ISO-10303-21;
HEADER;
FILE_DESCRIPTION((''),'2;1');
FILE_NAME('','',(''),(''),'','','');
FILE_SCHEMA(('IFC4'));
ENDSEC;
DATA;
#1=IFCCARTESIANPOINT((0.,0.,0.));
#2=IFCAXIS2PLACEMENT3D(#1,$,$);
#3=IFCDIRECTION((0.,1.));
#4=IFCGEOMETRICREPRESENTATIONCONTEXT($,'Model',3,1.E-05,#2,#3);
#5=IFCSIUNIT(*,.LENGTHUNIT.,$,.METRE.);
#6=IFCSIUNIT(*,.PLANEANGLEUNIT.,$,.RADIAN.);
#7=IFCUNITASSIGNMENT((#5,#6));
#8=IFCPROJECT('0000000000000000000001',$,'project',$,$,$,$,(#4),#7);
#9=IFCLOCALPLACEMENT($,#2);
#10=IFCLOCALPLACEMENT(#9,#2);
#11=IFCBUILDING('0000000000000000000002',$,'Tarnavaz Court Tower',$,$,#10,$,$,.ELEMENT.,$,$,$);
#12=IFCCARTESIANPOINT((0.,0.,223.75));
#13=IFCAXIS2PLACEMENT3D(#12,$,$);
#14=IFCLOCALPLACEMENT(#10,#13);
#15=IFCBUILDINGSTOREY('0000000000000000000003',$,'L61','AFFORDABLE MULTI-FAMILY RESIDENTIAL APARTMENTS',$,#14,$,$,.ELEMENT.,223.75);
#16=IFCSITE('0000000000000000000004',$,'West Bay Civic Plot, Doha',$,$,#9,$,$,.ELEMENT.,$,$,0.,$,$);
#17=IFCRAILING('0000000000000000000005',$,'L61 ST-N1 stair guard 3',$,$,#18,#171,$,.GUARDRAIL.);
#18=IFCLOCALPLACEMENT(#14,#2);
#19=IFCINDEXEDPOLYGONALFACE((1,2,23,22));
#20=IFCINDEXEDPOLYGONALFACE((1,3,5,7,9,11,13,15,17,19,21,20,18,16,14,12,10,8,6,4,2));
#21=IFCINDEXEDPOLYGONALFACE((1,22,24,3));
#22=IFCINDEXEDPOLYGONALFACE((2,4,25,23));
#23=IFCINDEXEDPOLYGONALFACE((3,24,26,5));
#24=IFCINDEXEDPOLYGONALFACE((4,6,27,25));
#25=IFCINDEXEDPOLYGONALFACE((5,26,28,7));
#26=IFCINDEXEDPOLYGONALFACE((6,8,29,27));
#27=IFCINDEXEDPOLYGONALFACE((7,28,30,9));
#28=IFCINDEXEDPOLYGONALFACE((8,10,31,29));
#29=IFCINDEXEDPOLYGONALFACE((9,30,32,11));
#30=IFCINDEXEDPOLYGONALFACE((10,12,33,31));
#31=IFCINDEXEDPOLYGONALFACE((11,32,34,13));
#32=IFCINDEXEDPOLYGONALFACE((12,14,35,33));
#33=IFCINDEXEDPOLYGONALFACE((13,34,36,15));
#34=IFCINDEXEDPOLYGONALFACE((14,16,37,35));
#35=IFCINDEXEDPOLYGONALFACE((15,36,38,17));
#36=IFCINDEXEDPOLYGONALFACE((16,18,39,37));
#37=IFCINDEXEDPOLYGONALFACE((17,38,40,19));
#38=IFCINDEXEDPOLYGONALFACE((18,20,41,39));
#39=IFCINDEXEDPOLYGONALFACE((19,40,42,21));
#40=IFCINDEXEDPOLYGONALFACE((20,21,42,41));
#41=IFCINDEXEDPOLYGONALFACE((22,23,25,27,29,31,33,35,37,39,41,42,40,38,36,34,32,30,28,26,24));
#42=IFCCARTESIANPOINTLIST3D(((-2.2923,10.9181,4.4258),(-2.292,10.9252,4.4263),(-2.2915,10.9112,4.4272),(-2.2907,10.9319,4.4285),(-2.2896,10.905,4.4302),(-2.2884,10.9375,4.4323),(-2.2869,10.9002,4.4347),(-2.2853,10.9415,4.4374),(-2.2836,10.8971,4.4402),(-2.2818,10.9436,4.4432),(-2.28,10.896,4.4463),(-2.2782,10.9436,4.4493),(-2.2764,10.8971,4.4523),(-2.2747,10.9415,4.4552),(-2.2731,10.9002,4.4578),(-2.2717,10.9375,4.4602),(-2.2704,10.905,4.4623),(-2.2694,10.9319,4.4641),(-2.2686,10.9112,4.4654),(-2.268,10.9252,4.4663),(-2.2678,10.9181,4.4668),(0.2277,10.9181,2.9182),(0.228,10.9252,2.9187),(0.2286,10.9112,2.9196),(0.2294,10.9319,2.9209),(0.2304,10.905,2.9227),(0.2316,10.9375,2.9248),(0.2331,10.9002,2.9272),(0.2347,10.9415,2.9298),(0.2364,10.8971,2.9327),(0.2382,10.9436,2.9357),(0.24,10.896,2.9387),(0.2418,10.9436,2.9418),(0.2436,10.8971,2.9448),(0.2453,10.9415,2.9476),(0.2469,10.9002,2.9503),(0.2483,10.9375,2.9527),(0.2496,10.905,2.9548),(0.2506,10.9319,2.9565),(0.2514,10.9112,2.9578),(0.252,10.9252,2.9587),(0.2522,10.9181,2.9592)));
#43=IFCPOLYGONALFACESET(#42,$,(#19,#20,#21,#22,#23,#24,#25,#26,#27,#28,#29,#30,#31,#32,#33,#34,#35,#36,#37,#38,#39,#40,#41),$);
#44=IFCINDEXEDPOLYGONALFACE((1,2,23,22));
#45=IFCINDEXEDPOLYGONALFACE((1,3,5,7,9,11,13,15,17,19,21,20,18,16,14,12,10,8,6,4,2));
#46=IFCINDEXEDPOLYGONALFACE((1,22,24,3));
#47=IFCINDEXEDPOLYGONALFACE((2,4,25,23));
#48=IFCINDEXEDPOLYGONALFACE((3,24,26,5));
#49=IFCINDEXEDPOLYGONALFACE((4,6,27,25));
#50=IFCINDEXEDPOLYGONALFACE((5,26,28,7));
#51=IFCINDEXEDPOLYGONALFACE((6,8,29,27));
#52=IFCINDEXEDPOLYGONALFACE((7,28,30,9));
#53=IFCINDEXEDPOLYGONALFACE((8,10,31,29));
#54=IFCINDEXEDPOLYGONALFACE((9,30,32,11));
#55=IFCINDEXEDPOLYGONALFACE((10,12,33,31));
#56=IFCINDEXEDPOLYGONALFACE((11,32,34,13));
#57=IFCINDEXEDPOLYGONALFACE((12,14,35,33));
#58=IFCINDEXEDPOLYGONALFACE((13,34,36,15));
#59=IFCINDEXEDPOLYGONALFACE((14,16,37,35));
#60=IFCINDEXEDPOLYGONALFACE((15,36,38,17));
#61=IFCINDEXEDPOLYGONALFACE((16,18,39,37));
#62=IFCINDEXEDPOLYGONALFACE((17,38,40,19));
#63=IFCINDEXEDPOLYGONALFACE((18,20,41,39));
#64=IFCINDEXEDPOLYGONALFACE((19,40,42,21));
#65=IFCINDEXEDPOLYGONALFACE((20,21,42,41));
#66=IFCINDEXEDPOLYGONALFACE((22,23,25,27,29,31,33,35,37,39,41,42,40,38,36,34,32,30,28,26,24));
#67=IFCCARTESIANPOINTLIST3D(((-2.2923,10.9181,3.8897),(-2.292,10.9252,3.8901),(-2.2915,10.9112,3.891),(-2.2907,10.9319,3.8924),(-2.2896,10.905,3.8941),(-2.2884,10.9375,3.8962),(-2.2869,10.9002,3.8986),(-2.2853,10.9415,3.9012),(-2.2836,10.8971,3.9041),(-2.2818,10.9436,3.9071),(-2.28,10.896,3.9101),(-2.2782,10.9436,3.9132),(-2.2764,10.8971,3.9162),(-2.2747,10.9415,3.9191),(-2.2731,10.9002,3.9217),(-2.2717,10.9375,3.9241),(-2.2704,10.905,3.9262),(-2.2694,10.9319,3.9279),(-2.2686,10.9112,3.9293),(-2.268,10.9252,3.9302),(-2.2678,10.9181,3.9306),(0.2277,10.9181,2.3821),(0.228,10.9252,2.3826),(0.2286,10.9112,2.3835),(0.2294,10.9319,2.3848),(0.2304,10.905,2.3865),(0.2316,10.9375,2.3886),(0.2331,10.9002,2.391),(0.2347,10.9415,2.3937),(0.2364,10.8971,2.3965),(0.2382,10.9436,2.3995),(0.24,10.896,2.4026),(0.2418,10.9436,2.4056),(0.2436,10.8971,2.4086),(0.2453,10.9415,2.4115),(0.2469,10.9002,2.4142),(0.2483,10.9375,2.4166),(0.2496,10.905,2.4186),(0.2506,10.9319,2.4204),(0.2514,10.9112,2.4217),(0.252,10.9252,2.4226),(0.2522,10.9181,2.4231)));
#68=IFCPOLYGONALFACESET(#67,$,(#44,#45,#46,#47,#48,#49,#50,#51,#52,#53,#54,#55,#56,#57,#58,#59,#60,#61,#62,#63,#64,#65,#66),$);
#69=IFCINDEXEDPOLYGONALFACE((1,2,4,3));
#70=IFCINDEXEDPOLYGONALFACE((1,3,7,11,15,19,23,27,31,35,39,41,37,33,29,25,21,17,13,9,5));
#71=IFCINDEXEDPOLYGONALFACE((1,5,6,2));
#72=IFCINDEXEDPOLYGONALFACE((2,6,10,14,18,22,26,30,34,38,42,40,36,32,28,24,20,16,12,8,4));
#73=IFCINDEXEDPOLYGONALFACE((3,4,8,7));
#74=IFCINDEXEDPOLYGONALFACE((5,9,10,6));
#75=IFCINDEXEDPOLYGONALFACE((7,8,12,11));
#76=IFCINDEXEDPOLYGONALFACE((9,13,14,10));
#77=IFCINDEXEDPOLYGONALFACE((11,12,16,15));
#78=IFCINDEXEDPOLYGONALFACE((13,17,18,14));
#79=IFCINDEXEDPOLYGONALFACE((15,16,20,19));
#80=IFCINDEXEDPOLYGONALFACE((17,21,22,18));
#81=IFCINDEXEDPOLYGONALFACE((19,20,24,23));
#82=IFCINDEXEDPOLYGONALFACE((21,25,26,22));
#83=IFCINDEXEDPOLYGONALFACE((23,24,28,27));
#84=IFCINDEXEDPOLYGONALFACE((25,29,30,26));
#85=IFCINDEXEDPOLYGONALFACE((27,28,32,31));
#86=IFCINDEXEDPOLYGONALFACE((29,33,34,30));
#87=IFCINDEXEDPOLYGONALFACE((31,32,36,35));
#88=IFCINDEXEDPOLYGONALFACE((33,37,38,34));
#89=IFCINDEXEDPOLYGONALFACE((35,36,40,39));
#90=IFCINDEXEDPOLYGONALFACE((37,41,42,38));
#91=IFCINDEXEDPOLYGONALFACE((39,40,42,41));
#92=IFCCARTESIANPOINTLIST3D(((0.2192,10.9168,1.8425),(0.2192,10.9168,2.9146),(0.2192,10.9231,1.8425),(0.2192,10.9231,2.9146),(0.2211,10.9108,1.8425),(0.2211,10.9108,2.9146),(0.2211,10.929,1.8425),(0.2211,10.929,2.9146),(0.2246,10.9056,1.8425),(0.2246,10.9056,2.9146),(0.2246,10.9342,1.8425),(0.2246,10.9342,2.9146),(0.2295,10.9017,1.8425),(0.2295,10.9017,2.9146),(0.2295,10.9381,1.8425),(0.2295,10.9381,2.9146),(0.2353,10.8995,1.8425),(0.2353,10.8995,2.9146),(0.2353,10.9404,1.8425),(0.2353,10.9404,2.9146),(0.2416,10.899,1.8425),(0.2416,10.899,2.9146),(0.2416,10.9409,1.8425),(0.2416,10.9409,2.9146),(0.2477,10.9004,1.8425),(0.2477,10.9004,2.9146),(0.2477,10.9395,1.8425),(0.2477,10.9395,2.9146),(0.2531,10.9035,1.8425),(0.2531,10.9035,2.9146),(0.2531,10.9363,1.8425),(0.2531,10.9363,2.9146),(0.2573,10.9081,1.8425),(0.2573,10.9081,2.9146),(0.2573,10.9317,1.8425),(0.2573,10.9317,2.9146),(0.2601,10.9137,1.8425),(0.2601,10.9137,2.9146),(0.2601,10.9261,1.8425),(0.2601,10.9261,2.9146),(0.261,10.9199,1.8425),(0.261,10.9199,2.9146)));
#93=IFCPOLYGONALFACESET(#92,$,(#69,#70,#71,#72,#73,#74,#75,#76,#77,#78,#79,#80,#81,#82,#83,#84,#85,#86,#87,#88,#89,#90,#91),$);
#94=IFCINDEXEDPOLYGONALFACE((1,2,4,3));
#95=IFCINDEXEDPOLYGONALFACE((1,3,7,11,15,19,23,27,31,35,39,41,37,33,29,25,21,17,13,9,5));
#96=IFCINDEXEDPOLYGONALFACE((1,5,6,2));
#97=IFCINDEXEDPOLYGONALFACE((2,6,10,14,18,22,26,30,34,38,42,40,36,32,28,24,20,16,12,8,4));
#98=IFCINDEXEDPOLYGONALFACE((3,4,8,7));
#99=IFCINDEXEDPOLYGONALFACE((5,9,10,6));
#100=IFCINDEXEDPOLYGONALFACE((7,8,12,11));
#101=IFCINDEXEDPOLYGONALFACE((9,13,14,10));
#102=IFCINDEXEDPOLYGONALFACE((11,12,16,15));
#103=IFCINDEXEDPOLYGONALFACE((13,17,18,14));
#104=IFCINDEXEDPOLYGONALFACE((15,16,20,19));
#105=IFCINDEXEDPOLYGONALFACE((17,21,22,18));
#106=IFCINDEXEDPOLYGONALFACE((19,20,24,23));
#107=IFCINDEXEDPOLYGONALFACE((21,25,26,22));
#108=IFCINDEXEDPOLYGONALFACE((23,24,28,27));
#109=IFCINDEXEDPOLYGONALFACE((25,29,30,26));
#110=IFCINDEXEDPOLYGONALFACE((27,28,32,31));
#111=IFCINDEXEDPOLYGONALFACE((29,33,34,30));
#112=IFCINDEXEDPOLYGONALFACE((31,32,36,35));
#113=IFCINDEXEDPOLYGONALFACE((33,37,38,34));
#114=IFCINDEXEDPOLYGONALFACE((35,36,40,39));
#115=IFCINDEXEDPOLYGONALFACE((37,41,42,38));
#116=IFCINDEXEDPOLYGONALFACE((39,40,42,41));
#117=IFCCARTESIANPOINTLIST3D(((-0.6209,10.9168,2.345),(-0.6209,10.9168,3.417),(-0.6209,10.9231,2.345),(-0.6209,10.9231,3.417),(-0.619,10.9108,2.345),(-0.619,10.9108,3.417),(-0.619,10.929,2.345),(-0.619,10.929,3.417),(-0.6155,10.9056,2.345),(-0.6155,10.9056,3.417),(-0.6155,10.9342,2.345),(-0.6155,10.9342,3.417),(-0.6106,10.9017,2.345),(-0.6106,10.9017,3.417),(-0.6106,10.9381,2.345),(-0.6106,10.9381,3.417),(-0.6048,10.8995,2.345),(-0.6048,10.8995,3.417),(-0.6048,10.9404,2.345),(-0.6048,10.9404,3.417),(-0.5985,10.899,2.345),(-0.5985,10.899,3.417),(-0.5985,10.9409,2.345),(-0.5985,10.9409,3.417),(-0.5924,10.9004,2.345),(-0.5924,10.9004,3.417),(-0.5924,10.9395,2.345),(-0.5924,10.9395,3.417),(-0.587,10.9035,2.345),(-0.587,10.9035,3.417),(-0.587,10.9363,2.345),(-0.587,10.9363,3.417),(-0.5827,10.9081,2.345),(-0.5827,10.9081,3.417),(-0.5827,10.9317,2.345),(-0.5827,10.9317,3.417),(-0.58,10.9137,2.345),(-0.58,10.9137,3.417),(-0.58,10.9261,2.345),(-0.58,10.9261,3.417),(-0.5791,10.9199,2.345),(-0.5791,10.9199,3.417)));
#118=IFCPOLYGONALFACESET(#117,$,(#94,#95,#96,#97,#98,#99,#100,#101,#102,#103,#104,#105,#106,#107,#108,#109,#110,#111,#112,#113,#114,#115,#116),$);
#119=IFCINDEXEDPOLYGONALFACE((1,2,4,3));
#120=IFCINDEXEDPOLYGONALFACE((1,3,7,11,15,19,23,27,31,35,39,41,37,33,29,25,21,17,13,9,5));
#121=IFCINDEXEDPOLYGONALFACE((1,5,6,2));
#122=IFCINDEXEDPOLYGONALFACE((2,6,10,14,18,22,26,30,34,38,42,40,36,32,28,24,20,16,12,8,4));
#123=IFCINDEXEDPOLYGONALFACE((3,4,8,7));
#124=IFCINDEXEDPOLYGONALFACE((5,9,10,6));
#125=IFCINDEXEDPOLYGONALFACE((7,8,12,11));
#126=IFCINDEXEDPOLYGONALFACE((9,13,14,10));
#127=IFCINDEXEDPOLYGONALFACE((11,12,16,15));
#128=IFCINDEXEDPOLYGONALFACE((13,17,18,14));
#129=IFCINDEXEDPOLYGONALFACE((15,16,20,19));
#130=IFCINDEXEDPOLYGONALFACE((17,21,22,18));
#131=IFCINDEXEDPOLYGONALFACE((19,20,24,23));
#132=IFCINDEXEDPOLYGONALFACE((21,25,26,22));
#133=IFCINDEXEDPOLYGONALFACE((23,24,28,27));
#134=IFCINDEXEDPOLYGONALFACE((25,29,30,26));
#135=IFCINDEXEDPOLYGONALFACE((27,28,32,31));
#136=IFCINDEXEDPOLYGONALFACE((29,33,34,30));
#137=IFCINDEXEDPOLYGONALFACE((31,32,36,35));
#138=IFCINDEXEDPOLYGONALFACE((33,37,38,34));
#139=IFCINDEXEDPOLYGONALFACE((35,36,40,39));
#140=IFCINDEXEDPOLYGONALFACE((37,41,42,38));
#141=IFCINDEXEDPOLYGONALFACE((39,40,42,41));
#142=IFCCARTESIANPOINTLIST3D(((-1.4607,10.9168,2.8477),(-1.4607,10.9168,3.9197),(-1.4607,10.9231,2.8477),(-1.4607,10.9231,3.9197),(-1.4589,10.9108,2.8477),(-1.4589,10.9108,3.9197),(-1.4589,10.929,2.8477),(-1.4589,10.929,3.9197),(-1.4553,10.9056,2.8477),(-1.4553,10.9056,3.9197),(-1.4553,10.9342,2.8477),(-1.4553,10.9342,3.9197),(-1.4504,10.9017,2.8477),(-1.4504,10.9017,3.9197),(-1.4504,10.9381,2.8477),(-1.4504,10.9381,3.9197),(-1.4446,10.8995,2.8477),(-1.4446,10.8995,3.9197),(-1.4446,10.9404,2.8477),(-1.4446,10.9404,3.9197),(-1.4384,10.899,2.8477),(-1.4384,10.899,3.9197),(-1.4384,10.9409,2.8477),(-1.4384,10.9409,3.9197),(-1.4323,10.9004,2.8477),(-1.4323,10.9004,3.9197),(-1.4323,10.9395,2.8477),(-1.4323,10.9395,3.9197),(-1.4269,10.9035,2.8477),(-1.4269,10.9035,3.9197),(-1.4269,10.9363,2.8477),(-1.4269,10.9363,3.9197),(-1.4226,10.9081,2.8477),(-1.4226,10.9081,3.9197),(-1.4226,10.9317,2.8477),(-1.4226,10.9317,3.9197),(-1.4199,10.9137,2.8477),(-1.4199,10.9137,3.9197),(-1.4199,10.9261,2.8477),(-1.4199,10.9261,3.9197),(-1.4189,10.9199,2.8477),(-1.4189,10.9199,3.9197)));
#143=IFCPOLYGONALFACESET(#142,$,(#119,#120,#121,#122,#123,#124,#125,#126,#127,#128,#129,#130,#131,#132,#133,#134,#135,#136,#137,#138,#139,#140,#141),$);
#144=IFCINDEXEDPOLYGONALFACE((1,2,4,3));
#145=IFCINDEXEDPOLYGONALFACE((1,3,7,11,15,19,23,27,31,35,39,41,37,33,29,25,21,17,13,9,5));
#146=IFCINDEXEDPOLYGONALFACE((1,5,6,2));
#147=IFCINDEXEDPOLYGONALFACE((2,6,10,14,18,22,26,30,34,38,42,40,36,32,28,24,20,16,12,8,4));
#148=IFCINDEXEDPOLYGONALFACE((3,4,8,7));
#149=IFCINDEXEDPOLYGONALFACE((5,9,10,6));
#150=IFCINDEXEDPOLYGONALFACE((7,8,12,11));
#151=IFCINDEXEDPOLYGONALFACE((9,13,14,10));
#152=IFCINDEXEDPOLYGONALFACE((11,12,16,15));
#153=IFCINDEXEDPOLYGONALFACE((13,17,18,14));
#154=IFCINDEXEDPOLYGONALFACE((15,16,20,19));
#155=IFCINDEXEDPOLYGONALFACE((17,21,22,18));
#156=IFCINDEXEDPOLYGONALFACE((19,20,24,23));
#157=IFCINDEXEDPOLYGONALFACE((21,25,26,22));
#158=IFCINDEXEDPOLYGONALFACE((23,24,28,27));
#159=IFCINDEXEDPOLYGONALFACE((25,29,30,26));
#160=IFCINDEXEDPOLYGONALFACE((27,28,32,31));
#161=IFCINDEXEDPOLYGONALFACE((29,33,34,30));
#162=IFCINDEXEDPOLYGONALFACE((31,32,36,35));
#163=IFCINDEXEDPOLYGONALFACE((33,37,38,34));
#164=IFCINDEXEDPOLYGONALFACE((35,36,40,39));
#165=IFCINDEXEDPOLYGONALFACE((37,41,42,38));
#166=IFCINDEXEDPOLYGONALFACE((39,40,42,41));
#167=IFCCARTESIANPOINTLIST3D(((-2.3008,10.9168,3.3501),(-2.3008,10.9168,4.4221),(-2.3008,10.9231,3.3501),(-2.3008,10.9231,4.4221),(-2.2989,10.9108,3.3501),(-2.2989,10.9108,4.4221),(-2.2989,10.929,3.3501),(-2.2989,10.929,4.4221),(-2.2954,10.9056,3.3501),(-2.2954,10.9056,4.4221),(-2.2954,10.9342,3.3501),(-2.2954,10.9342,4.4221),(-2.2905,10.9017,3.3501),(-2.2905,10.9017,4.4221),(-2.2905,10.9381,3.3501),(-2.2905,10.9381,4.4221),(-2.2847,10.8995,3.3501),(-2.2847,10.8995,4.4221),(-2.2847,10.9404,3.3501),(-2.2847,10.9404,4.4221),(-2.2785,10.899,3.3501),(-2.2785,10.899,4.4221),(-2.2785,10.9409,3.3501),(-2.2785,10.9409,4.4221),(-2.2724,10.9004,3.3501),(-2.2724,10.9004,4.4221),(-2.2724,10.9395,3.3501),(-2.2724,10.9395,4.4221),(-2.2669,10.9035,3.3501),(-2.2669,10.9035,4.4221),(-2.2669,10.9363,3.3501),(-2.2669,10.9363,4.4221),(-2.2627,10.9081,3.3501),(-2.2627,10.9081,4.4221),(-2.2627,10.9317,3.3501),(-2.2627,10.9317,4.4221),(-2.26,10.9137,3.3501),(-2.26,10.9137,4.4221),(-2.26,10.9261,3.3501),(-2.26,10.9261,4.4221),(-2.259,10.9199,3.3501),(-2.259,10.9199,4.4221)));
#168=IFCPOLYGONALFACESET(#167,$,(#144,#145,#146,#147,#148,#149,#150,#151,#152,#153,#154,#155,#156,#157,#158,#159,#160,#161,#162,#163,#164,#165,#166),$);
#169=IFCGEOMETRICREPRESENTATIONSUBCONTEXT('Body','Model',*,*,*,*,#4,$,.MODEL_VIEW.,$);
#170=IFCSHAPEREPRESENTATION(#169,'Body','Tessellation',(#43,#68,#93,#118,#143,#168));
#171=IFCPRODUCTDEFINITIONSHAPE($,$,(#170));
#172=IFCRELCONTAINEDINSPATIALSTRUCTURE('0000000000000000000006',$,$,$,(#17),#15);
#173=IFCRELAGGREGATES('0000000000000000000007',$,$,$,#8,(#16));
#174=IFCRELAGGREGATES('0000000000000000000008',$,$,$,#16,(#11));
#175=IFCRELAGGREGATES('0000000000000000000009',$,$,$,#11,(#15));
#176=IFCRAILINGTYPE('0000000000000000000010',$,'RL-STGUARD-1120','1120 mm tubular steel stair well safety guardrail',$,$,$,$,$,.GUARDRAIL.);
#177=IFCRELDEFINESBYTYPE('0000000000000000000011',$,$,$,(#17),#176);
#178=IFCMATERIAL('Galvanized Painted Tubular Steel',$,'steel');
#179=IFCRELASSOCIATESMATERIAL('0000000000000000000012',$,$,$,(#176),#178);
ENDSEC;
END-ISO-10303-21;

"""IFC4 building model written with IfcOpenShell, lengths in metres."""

from ifc_helpers import new_model, si_unit, direction, frame, origin, origin_2d, place, context, subcontext, project, spatial, circle, extrude, material, type_object, element, save


model = new_model("IFC4")

# Units and contexts
model_context = context("Model", 3, precision=1e-05, world=origin(), true_north=direction((0.0, 1.0)))
body_context = subcontext(model_context, "Body", "Model", "MODEL_VIEW")
ifc_project = project(units=[si_unit("LENGTHUNIT", "METRE"), si_unit("PLANEANGLEUNIT", "RADIAN")], contexts=[model_context])

# Site, building, storey
site_placement = place(None, origin())
site = spatial("IfcSite", under=ifc_project, at=site_placement, Name="West Bay Civic Plot, Doha", CompositionType="ELEMENT", RefElevation=0.0)
building_placement = place(site_placement, origin())
building = spatial("IfcBuilding", under=site, at=building_placement, Name="Tarnavaz Court Tower", CompositionType="ELEMENT")
storey_placement = place(building_placement, frame((0.0, 0.0, 223.75)))
storey = spatial("IfcBuildingStorey", under=building, at=storey_placement, Name="L61", Description="AFFORDABLE MULTI-FAMILY RESIDENTIAL APARTMENTS", CompositionType="ELEMENT", Elevation=223.75)

# Railing
ifc_material_1 = material(Name="Galvanized Painted Tubular Steel", Category="steel")
railing_type_1 = type_object("IfcRailingType", Name="RL-STGUARD-1120", Description="1120 mm tubular steel stair well safety guardrail", PredefinedType="GUARDRAIL", material=ifc_material_1)
railing_1_placement = place(storey_placement, frame((0.24, 10.9199, 1.8425)))
element("IfcRailing", 1, at=railing_1_placement, inside=storey, type_object=railing_type_1, Name="L61 ST-N1 stair guard 3", PredefinedType="GUARDRAIL", context=body_context, shape_type="SweptSolid", body=[
    extrude(circle(Radius=0.0239, at=origin_2d()), frame((0.0, 0.0, 1.0962), z_axis=(-0.85816, 0.0, 0.513383), x_axis=(0.0, -1.0, 0.0)), (0.0, 0.0, 1.0), 2.9365),
    extrude(circle(Radius=0.0239, at=origin_2d()), frame((0.0, 0.0, 0.5601), z_axis=(-0.85816, 0.0, 0.513383), x_axis=(0.0, -1.0, 0.0)), (0.0, 0.0, 1.0), 2.9365),
    extrude(circle(Radius=0.021, at=origin_2d()), origin(), (0.0, 0.0, 1.0), 1.072),
    extrude(circle(Radius=0.021, at=origin_2d()), frame((-0.8401, 0.0, 0.5024)), (0.0, 0.0, 1.0), 1.072),
    extrude(circle(Radius=0.021, at=origin_2d()), frame((-1.6799, 0.0, 1.0051)), (0.0, 0.0, 1.0), 1.072),
    extrude(circle(Radius=0.021, at=origin_2d()), frame((-2.52, 0.0, 1.5076)), (0.0, 0.0, 1.0), 1.072),
])

save(model, "model.ifc")
